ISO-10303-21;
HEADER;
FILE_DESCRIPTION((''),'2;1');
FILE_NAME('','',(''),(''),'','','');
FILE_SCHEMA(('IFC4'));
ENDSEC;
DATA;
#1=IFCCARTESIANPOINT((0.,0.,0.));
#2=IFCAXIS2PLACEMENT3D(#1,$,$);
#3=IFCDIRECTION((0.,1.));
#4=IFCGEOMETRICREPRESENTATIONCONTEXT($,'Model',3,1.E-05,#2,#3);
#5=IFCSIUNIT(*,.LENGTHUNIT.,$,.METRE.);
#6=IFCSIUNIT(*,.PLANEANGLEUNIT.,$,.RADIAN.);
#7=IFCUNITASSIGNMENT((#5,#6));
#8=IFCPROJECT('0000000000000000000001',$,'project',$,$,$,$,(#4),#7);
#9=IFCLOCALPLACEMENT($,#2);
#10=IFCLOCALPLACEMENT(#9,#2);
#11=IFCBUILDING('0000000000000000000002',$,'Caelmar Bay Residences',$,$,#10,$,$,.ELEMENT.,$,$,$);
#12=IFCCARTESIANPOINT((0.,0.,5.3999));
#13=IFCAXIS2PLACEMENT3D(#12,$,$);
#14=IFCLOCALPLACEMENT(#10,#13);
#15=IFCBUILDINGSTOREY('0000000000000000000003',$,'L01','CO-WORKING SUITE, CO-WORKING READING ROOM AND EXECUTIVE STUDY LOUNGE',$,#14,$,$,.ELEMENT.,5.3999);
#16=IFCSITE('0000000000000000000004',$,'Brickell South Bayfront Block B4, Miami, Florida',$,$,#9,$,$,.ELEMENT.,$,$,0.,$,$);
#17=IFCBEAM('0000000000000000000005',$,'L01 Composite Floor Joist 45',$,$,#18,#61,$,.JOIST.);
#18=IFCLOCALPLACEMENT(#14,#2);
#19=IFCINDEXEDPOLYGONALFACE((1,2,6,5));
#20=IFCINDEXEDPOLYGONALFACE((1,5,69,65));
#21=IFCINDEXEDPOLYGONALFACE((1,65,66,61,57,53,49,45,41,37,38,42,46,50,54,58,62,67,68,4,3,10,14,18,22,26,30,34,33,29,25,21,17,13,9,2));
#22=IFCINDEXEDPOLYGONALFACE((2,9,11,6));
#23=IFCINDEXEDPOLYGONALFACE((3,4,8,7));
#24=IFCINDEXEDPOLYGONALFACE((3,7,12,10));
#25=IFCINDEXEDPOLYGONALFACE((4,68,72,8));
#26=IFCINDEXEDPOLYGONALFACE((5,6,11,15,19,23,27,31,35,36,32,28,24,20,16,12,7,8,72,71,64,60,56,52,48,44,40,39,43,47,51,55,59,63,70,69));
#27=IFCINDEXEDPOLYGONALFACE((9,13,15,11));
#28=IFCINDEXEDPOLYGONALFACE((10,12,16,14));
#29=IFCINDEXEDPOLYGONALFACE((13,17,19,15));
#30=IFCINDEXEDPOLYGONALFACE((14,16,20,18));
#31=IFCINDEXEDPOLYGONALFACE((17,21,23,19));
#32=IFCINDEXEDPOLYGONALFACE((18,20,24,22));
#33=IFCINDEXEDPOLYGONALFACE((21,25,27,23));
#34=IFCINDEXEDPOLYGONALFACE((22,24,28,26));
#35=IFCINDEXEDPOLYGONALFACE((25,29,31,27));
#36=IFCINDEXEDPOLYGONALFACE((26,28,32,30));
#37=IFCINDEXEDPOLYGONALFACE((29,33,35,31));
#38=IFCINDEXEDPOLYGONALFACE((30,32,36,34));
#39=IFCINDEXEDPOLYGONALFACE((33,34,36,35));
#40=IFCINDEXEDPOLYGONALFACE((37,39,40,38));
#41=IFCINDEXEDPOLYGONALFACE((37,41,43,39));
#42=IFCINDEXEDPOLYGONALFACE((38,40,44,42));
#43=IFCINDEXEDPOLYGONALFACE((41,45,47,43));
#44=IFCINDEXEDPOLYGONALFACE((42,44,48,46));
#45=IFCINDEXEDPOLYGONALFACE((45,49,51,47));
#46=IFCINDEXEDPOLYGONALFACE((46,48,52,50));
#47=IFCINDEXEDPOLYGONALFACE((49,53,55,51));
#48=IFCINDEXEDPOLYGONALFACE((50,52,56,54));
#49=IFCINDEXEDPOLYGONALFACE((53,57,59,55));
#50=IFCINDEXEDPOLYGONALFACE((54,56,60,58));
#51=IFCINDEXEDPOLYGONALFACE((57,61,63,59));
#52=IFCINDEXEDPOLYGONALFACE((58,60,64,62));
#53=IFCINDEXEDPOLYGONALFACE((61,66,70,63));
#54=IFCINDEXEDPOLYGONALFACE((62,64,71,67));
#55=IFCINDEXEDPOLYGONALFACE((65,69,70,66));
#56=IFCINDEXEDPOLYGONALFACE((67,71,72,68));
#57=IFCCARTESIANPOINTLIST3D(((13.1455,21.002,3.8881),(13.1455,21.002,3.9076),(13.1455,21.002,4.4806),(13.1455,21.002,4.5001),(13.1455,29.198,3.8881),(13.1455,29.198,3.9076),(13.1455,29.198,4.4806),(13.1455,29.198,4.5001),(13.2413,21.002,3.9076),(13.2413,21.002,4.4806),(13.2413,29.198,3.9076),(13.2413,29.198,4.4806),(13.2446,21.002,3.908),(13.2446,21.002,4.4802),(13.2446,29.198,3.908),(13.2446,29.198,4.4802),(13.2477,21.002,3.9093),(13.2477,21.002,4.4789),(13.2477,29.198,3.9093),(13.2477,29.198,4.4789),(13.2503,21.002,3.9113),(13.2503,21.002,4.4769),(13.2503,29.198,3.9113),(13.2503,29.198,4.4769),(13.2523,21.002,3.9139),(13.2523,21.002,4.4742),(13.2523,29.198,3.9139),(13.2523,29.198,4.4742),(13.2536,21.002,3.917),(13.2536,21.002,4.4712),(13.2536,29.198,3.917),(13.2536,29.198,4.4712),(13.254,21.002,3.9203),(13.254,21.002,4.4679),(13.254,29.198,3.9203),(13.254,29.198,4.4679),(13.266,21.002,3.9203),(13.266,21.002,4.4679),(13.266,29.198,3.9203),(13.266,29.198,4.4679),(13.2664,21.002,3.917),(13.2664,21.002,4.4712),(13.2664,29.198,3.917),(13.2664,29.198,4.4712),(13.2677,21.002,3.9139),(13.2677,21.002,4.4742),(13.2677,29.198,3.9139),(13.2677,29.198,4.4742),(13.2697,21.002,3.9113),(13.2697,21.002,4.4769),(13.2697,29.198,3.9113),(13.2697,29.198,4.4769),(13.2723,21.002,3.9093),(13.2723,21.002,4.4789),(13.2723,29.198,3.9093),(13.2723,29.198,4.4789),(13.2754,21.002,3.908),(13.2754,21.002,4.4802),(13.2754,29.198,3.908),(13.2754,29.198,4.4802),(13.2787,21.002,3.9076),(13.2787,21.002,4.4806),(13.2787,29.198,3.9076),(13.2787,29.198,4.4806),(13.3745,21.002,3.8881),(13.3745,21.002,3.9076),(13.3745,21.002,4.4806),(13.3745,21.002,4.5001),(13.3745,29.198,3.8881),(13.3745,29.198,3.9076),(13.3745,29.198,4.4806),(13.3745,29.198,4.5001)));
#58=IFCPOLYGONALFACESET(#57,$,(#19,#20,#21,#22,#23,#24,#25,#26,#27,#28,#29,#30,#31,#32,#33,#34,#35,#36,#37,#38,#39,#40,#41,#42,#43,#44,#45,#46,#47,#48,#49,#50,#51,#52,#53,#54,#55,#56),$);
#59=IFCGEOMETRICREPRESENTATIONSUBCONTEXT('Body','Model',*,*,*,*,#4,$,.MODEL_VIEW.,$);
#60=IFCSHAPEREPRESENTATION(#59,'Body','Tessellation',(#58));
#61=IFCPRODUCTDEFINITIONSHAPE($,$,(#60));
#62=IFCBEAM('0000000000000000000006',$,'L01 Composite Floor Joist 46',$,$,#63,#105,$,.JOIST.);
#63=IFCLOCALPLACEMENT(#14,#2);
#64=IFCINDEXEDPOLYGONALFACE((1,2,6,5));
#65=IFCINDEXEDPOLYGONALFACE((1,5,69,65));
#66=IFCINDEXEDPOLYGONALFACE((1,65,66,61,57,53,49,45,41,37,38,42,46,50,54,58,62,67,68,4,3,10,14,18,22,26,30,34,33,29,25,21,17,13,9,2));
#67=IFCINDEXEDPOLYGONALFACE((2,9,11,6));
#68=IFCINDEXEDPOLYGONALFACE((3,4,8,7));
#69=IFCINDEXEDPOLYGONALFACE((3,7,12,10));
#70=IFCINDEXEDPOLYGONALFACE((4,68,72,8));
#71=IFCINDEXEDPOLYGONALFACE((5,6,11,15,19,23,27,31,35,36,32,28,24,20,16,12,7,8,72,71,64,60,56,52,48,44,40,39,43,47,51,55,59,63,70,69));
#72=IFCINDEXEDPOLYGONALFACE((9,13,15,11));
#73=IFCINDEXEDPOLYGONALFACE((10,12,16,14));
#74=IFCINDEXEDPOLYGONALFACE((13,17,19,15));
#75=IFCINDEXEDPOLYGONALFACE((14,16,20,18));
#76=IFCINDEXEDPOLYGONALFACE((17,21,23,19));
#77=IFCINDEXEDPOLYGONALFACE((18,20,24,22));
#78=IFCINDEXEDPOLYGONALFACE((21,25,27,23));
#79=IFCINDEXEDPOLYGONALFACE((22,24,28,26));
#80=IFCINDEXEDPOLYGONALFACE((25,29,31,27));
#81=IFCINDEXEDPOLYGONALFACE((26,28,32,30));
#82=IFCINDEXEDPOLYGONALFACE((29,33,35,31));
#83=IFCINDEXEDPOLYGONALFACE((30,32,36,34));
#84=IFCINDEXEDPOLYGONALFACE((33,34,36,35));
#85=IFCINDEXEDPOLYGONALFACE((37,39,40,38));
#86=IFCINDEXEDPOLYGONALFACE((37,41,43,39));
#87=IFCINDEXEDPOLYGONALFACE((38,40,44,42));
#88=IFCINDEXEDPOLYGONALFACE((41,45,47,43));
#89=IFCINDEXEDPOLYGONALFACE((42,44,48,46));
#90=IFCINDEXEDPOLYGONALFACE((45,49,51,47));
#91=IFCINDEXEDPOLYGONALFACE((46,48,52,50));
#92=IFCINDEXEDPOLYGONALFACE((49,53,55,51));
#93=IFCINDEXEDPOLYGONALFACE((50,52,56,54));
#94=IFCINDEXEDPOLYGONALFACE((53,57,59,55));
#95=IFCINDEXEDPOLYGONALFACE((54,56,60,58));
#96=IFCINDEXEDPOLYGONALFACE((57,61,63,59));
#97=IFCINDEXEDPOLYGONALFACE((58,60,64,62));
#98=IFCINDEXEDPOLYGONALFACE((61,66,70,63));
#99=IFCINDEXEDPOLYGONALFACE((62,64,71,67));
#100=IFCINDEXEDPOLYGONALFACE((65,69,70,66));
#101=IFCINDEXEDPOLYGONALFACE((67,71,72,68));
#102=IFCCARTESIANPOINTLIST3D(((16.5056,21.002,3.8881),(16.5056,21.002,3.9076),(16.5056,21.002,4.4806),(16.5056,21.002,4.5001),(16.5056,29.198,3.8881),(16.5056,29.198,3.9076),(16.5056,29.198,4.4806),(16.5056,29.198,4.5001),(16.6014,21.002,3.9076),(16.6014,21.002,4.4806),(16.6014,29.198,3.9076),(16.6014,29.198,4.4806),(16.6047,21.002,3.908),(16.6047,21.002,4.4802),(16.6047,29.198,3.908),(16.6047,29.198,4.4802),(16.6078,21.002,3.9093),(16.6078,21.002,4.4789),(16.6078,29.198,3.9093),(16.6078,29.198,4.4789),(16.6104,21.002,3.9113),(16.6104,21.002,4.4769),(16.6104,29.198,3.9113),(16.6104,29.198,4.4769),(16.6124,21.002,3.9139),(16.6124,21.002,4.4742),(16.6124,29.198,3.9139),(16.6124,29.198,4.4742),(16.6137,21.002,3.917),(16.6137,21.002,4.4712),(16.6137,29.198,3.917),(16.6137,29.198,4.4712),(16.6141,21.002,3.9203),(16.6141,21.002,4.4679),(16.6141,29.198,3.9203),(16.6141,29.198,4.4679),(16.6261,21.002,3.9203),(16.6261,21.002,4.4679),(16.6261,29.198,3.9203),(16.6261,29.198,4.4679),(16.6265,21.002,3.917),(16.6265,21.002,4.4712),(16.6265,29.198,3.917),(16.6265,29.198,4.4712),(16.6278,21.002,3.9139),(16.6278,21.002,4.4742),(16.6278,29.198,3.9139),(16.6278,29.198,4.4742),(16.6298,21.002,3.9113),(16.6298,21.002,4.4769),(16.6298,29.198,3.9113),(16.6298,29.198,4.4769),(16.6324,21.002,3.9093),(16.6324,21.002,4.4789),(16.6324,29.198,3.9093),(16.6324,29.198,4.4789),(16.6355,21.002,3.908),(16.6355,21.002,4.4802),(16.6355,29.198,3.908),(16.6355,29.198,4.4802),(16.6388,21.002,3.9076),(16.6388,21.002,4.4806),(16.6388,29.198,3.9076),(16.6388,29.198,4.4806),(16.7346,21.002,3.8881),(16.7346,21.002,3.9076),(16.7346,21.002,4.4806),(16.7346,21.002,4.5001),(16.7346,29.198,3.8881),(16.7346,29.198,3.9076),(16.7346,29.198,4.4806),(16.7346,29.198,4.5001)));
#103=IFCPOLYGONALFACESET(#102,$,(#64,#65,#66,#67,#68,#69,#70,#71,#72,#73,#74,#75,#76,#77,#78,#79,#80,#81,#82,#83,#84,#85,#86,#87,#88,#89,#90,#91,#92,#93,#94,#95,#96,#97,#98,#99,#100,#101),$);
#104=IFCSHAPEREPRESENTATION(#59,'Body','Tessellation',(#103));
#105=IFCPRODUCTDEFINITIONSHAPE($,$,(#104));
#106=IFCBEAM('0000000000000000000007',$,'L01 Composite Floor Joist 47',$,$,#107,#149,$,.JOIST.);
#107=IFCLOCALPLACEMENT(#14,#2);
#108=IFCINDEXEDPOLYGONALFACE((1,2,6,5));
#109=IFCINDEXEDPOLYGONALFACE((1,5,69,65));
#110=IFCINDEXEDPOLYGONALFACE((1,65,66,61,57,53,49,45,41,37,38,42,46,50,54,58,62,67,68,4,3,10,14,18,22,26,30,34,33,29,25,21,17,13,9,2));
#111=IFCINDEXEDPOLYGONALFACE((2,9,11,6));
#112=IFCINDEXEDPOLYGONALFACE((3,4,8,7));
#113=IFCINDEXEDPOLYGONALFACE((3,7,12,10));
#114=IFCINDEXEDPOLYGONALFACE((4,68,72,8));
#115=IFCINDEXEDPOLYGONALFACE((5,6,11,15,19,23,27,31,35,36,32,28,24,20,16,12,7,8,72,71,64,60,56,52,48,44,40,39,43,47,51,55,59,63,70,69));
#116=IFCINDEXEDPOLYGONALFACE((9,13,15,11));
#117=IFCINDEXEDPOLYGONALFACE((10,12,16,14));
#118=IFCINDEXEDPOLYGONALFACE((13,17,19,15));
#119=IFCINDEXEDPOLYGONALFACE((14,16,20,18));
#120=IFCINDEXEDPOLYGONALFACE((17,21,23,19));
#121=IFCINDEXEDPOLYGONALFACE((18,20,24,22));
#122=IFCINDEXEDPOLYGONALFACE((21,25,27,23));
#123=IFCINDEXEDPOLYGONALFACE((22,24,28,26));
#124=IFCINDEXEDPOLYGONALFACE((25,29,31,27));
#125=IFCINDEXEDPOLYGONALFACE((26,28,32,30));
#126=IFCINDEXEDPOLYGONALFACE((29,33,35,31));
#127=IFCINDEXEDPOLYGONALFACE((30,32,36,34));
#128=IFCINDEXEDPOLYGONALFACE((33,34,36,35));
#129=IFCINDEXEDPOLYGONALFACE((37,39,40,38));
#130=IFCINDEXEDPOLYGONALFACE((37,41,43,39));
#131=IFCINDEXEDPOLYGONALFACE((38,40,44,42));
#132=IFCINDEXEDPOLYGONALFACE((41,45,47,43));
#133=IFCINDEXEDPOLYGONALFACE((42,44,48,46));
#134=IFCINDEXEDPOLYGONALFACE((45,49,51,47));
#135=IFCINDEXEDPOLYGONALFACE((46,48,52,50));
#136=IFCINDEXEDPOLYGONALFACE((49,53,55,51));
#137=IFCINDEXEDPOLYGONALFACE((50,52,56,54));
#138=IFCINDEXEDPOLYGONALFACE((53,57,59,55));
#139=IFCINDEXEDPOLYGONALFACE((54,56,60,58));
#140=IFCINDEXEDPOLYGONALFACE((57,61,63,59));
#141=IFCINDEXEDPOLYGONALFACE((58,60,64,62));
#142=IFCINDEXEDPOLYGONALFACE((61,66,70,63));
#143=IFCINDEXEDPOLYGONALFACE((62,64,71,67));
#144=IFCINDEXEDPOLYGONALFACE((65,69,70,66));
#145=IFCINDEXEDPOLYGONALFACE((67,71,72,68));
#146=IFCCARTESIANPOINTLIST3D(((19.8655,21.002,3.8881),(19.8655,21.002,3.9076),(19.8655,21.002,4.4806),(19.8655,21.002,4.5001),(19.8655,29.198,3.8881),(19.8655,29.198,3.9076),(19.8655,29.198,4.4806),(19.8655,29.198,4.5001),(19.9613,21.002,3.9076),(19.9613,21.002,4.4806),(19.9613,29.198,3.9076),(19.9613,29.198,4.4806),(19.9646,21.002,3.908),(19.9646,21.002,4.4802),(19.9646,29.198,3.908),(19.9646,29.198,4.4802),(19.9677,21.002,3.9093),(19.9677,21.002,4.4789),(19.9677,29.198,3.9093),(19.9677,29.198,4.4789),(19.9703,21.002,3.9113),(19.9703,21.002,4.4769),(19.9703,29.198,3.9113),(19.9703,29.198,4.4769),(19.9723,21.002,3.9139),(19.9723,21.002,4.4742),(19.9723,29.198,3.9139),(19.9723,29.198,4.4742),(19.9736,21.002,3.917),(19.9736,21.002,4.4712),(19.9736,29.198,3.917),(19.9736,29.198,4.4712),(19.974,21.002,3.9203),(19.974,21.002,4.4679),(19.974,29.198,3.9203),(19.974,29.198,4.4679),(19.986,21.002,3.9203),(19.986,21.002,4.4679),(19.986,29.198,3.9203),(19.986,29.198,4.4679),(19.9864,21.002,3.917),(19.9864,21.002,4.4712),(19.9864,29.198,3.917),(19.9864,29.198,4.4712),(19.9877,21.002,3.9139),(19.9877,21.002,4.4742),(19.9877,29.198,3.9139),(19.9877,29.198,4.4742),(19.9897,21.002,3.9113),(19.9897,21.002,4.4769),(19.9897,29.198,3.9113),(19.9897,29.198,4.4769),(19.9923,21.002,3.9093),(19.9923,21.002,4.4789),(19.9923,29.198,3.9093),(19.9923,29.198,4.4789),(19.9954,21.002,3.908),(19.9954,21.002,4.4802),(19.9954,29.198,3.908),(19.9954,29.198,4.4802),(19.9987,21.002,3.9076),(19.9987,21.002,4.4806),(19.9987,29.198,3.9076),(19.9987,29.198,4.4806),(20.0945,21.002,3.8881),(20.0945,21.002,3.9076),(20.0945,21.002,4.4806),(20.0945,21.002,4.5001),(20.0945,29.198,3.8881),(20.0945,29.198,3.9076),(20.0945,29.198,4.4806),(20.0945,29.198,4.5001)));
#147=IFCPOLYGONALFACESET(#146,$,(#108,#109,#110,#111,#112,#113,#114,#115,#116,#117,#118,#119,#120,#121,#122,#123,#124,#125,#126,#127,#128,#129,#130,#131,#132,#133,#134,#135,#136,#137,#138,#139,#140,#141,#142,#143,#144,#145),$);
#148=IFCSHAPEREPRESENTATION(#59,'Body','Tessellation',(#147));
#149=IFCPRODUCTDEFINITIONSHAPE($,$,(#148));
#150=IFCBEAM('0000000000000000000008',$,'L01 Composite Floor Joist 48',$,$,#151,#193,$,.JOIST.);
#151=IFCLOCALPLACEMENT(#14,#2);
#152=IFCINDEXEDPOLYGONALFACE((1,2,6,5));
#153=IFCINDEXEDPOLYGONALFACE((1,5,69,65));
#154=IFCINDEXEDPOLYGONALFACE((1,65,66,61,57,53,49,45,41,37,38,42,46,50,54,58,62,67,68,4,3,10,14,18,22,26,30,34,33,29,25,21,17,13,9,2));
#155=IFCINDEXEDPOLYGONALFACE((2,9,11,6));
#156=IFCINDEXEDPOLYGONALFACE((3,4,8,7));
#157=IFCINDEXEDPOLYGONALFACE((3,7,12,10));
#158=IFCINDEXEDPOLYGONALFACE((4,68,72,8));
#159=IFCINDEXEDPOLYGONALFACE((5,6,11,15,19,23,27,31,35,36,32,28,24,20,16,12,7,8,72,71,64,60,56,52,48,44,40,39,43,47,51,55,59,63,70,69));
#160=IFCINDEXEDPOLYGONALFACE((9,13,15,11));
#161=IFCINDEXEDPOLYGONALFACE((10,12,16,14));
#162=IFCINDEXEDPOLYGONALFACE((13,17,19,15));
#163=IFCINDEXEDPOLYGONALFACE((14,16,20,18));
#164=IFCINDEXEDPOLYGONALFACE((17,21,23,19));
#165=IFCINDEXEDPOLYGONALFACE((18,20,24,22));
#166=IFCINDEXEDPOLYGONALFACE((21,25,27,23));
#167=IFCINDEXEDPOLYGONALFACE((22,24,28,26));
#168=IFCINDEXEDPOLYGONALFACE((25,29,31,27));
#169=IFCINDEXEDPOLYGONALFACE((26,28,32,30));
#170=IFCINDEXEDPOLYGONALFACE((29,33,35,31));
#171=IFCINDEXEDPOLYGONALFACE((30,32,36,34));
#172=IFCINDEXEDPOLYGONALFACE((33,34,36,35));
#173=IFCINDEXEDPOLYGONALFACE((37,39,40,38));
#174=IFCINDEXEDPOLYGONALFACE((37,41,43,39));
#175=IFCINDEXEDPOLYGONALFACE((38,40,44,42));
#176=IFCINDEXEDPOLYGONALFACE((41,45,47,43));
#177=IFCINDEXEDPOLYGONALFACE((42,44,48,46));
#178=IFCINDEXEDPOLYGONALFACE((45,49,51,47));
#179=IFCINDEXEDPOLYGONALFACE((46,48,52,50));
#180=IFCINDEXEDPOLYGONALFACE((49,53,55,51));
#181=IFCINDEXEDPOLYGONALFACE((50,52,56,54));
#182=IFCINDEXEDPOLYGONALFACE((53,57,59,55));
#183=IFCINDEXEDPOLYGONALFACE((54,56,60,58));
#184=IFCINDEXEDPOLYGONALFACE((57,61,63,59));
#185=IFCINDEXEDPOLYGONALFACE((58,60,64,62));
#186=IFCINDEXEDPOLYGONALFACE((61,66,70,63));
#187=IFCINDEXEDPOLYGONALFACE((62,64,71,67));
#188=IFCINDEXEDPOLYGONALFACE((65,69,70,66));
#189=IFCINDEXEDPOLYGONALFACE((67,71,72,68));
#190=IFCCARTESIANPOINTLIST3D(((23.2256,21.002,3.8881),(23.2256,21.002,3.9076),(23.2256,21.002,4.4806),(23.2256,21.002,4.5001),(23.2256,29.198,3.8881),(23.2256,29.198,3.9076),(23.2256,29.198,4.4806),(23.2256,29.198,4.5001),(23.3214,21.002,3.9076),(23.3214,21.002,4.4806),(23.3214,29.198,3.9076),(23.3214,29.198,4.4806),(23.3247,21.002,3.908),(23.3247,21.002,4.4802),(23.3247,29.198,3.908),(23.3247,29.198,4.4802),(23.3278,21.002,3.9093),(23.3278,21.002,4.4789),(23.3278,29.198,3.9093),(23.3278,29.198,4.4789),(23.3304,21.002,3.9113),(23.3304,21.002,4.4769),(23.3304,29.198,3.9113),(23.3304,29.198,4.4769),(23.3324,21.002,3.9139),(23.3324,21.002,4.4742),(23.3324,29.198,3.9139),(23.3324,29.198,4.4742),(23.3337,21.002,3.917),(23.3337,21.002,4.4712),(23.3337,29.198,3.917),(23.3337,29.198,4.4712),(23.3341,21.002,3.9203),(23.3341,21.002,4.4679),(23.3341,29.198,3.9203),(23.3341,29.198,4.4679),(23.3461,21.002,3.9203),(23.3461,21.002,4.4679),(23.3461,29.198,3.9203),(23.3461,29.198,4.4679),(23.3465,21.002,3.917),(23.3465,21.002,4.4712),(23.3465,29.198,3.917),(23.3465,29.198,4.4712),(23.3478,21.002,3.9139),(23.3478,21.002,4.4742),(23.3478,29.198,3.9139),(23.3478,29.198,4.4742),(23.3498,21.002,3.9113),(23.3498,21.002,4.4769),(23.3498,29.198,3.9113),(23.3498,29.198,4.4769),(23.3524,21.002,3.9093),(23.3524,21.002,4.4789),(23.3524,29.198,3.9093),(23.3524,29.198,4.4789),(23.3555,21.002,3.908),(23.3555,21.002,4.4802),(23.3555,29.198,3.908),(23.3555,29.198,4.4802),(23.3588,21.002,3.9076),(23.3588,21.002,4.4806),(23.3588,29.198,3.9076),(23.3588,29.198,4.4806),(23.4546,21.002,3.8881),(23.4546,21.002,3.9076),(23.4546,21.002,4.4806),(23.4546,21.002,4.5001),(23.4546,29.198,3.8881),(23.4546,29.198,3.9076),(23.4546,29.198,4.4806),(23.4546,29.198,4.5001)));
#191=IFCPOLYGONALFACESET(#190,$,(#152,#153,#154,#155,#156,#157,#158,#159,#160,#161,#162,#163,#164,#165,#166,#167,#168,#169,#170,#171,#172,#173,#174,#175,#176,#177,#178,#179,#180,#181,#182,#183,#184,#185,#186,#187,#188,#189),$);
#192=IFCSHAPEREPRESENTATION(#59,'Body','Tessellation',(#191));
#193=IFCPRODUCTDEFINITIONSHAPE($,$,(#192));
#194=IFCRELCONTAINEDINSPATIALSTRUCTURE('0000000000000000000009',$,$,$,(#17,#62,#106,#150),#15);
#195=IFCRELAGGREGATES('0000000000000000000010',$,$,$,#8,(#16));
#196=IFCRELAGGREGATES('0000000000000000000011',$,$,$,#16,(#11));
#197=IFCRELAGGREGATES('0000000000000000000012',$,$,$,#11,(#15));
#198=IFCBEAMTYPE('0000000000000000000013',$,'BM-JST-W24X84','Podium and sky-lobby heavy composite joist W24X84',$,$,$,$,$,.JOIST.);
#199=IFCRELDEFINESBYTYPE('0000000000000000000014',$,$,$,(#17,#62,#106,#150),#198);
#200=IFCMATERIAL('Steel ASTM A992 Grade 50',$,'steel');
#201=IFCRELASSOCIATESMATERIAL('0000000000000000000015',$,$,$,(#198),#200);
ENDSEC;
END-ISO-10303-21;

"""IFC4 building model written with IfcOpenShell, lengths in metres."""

from ifc_helpers import new_model, si_unit, direction, frame, origin, origin_2d, place, context, subcontext, project, spatial, i_section, extrude, material, material_profile, profile_set, type_object, element, save


model = new_model("IFC4")

# Units and contexts
model_context = context("Model", 3, precision=1e-05, world=origin(), true_north=direction((0.0, 1.0)))
body_context = subcontext(model_context, "Body", "Model", "MODEL_VIEW")
ifc_project = project(units=[si_unit("LENGTHUNIT", "METRE"), si_unit("PLANEANGLEUNIT", "RADIAN")], contexts=[model_context])

# Site, building, storey
site_placement = place(None, origin())
site = spatial("IfcSite", under=ifc_project, at=site_placement, Name="Brickell South Bayfront Block B4, Miami, Florida", CompositionType="ELEMENT", RefElevation=0.0)
building_placement = place(site_placement, origin())
building = spatial("IfcBuilding", under=site, at=building_placement, Name="Caelmar Bay Residences", CompositionType="ELEMENT")
storey_placement = place(building_placement, frame((0.0, 0.0, 5.3999)))
storey = spatial("IfcBuildingStorey", under=building, at=storey_placement, Name="L01", Description="CO-WORKING SUITE, CO-WORKING READING ROOM AND EXECUTIVE STUDY LOUNGE", CompositionType="ELEMENT", Elevation=5.3999)

# Beams
ifc_material_1 = material(Name="Steel ASTM A992 Grade 50", Category="steel")
ifc_material_profile_1 = material_profile(ifc_material_1, i_section(OverallWidth=0.229, OverallDepth=0.6121, WebThickness=0.012, FlangeThickness=0.0195, FilletRadius=0.0127, at=origin_2d()), Name="W24X84")
ifc_profile_set_1 = profile_set([ifc_material_profile_1], Name="Steel ASTM A992 Grade 50")
beam_type_1 = type_object("IfcBeamType", Name="BM-JST-W24X84", Description="Podium and sky-lobby heavy composite joist W24X84", PredefinedType="JOIST", material=ifc_profile_set_1)
for number, where, z_axis, x_axis, name in (
    (1, (13.26, 21.002, 4.1941), (0.0, 1.0, 0.0), (-1.0, 0.0, 0.0), "L01 Composite Floor Joist 45"),
    (2, (16.6201, 21.002, 4.1941), (0.0, 1.0, 0.0), (-1.0, 0.0, 0.0), "L01 Composite Floor Joist 46"),
    (3, (19.98, 21.002, 4.1941), (0.0, 1.0, 0.0), (-1.0, 0.0, 0.0), "L01 Composite Floor Joist 47"),
    (4, (23.3401, 21.002, 4.1941), (0.0, 1.0, 0.0), (-1.0, 0.0, 0.0), "L01 Composite Floor Joist 48"),
):
    element("IfcBeam", number, at=place(storey_placement, frame(where, z_axis=z_axis, x_axis=x_axis)), inside=storey, type_object=beam_type_1, Name=name, PredefinedType="JOIST", context=body_context, shape_type="SweptSolid", body=[
        extrude(i_section(OverallWidth=0.229, OverallDepth=0.6121, WebThickness=0.012, FlangeThickness=0.0195, FilletRadius=0.0127, at=origin_2d()), origin(), (0.0, 0.0, 1.0), 8.196),
    ])

save(model, "model.ifc")
